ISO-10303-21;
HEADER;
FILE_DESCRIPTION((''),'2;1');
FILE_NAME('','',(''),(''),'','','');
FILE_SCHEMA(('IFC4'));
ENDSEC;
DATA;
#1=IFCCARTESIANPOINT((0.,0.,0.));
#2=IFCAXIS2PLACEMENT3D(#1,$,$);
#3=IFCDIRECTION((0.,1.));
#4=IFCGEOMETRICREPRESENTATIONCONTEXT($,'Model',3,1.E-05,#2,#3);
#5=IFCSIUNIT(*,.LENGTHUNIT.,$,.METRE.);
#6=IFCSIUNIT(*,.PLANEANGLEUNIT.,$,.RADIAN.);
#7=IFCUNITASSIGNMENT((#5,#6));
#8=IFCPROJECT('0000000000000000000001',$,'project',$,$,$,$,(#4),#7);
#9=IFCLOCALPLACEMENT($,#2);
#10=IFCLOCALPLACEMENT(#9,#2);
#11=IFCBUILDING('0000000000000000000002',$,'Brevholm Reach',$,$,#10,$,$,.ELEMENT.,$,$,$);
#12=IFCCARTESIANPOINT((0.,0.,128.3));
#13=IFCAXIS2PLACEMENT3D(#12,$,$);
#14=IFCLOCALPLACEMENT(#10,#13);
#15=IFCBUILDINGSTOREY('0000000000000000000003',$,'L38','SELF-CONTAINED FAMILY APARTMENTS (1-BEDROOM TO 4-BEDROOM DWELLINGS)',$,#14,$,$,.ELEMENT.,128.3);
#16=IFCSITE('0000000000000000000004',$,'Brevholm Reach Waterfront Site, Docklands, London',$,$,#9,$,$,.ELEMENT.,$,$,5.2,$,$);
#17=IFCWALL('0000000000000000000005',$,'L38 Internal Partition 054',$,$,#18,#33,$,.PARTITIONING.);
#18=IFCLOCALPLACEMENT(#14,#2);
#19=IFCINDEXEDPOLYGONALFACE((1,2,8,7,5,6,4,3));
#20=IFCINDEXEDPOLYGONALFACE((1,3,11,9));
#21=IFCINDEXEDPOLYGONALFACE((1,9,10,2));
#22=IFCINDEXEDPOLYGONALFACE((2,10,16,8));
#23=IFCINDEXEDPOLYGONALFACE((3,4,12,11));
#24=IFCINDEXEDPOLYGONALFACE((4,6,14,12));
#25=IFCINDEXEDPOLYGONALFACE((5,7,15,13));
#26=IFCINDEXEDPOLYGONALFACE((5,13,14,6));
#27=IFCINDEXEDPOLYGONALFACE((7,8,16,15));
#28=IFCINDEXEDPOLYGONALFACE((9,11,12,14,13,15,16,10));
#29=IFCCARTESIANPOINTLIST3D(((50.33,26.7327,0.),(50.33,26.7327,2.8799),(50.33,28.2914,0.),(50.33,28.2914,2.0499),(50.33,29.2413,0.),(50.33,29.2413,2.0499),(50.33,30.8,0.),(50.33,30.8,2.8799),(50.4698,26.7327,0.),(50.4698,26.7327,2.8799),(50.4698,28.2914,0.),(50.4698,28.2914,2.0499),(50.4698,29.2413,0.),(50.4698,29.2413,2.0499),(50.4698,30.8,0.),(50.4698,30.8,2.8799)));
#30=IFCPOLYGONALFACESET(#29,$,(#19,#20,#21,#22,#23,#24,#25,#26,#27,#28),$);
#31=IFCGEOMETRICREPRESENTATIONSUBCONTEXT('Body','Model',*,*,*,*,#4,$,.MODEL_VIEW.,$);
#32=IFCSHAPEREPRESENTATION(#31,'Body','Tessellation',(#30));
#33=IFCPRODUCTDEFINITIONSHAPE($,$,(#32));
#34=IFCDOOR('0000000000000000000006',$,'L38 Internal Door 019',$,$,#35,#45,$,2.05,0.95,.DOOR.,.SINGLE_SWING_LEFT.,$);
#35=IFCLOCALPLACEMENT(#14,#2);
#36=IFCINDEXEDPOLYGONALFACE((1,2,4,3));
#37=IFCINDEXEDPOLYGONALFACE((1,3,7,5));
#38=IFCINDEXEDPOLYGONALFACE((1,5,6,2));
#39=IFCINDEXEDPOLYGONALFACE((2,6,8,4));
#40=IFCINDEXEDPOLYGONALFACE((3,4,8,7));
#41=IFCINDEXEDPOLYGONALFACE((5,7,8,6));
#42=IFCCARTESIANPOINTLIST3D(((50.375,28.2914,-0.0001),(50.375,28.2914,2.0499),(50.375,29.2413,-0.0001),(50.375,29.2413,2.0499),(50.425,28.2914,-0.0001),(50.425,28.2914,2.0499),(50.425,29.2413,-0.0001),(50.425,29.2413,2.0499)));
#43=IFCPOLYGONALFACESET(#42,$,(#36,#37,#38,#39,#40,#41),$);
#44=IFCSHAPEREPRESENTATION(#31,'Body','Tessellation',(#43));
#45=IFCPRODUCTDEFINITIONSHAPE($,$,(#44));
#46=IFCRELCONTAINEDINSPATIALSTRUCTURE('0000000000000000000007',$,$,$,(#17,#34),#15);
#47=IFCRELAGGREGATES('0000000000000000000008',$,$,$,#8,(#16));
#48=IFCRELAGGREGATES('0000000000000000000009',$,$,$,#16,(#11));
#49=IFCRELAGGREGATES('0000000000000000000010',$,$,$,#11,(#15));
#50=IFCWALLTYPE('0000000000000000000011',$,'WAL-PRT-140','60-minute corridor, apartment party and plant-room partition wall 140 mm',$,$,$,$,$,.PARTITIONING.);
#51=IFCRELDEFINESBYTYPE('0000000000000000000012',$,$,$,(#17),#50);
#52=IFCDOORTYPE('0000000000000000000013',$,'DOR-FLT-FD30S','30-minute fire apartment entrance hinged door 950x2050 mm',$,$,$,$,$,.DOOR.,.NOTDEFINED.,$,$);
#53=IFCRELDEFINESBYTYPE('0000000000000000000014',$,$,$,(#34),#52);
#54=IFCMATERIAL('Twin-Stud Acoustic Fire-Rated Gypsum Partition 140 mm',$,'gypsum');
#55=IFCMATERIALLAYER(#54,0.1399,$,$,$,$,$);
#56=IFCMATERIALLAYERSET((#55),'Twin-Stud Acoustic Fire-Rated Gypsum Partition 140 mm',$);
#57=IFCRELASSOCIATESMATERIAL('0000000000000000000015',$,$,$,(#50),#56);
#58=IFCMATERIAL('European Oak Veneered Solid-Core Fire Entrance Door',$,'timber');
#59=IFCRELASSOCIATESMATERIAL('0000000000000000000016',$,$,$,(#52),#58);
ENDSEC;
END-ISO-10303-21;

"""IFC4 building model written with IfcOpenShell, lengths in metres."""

from ifc_helpers import new_model, si_unit, direction, frame, frame_2d, origin, place, context, subcontext, project, spatial, rectangle, extrude, material, layer, layer_set, type_object, element, fill, save


model = new_model("IFC4")

# Units and contexts
model_context = context("Model", 3, precision=1e-05, world=origin(), true_north=direction((0.0, 1.0)))
body_context = subcontext(model_context, "Body", "Model", "MODEL_VIEW")
ifc_project = project(units=[si_unit("LENGTHUNIT", "METRE"), si_unit("PLANEANGLEUNIT", "RADIAN")], contexts=[model_context])

# Site, building, storey
site_placement = place(None, origin())
site = spatial("IfcSite", under=ifc_project, at=site_placement, Name="Brevholm Reach Waterfront Site, Docklands, London", CompositionType="ELEMENT", RefElevation=5.2)
building_placement = place(site_placement, origin())
building = spatial("IfcBuilding", under=site, at=building_placement, Name="Brevholm Reach", CompositionType="ELEMENT")
storey_placement = place(building_placement, frame((0.0, 0.0, 128.3)))
storey = spatial("IfcBuildingStorey", under=building, at=storey_placement, Name="L38", Description="SELF-CONTAINED FAMILY APARTMENTS (1-BEDROOM TO 4-BEDROOM DWELLINGS)", CompositionType="ELEMENT", Elevation=128.3)

# Shared definitions
ifc_material_1 = material(Name="Twin-Stud Acoustic Fire-Rated Gypsum Partition 140 mm", Category="gypsum")
ifc_layer_1 = layer(ifc_material_1, 0.1399)
ifc_layer_set_1 = layer_set([ifc_layer_1], Name="Twin-Stud Acoustic Fire-Rated Gypsum Partition 140 mm")
wall_type_1 = type_object("IfcWallType", Name="WAL-PRT-140", Description="60-minute corridor, apartment party and plant-room partition wall 140 mm", PredefinedType="PARTITIONING", material=ifc_layer_set_1)

# Wall, opening, door
wall_1_placement = place(storey_placement, frame((50.3999, 26.7327, 0.0), z_axis=(0.0, 0.0, 1.0), x_axis=(0.0, 1.0, 0.0)))
wall_1 = element("IfcWall", 1, at=wall_1_placement, inside=storey, type_object=wall_type_1, Name="L38 Internal Partition 054", PredefinedType="PARTITIONING", context=body_context, shape_type="SweptSolid", body=[
    extrude(rectangle(XDim=4.0674, YDim=0.1399, at=frame_2d((2.0337, 0.0))), origin(), (0.0, 0.0, 1.0), 2.8799),
])
opening_1_placement = place(wall_1_placement, frame((1.5586, 0.0, 0.0)))
opening_1 = element("IfcOpeningElement", 2, at=opening_1_placement, cuts=wall_1, PredefinedType="OPENING", context=body_context, shape_type="SweptSolid", body=[
    extrude(rectangle(XDim=0.95, YDim=2.05, at=frame_2d((0.4751, 1.0249))), frame((0.0, 0.0798, 0.0), z_axis=(0.0, -1.0, 0.0), x_axis=(1.0, 0.0, 0.0)), (0.0, 0.0, 1.0), 0.1599),
])
ifc_material_2 = material(Name="European Oak Veneered Solid-Core Fire Entrance Door", Category="timber")
door_type_1 = type_object("IfcDoorType", Name="DOR-FLT-FD30S", Description="30-minute fire apartment entrance hinged door 950x2050 mm", OperationType="NOTDEFINED", PredefinedType="DOOR", material=ifc_material_2)
door_1_placement = place(opening_1_placement, origin())
door_1 = element("IfcDoor", 3, at=door_1_placement, inside=storey, type_object=door_type_1, Name="L38 Internal Door 019", OperationType="SINGLE_SWING_LEFT", OverallHeight=2.05, OverallWidth=0.95, PredefinedType="DOOR", context=body_context, shape_type="SweptSolid", body=[
    extrude(rectangle(XDim=0.95, YDim=2.05, at=frame_2d((0.4751, 1.0249))), frame((0.0, 0.0249, 0.0), z_axis=(0.0, -1.0, 0.0), x_axis=(1.0, 0.0, 0.0)), (0.0, 0.0, 1.0), 0.05),
])
fill(opening_1, door_1)

save(model, "model.ifc")
